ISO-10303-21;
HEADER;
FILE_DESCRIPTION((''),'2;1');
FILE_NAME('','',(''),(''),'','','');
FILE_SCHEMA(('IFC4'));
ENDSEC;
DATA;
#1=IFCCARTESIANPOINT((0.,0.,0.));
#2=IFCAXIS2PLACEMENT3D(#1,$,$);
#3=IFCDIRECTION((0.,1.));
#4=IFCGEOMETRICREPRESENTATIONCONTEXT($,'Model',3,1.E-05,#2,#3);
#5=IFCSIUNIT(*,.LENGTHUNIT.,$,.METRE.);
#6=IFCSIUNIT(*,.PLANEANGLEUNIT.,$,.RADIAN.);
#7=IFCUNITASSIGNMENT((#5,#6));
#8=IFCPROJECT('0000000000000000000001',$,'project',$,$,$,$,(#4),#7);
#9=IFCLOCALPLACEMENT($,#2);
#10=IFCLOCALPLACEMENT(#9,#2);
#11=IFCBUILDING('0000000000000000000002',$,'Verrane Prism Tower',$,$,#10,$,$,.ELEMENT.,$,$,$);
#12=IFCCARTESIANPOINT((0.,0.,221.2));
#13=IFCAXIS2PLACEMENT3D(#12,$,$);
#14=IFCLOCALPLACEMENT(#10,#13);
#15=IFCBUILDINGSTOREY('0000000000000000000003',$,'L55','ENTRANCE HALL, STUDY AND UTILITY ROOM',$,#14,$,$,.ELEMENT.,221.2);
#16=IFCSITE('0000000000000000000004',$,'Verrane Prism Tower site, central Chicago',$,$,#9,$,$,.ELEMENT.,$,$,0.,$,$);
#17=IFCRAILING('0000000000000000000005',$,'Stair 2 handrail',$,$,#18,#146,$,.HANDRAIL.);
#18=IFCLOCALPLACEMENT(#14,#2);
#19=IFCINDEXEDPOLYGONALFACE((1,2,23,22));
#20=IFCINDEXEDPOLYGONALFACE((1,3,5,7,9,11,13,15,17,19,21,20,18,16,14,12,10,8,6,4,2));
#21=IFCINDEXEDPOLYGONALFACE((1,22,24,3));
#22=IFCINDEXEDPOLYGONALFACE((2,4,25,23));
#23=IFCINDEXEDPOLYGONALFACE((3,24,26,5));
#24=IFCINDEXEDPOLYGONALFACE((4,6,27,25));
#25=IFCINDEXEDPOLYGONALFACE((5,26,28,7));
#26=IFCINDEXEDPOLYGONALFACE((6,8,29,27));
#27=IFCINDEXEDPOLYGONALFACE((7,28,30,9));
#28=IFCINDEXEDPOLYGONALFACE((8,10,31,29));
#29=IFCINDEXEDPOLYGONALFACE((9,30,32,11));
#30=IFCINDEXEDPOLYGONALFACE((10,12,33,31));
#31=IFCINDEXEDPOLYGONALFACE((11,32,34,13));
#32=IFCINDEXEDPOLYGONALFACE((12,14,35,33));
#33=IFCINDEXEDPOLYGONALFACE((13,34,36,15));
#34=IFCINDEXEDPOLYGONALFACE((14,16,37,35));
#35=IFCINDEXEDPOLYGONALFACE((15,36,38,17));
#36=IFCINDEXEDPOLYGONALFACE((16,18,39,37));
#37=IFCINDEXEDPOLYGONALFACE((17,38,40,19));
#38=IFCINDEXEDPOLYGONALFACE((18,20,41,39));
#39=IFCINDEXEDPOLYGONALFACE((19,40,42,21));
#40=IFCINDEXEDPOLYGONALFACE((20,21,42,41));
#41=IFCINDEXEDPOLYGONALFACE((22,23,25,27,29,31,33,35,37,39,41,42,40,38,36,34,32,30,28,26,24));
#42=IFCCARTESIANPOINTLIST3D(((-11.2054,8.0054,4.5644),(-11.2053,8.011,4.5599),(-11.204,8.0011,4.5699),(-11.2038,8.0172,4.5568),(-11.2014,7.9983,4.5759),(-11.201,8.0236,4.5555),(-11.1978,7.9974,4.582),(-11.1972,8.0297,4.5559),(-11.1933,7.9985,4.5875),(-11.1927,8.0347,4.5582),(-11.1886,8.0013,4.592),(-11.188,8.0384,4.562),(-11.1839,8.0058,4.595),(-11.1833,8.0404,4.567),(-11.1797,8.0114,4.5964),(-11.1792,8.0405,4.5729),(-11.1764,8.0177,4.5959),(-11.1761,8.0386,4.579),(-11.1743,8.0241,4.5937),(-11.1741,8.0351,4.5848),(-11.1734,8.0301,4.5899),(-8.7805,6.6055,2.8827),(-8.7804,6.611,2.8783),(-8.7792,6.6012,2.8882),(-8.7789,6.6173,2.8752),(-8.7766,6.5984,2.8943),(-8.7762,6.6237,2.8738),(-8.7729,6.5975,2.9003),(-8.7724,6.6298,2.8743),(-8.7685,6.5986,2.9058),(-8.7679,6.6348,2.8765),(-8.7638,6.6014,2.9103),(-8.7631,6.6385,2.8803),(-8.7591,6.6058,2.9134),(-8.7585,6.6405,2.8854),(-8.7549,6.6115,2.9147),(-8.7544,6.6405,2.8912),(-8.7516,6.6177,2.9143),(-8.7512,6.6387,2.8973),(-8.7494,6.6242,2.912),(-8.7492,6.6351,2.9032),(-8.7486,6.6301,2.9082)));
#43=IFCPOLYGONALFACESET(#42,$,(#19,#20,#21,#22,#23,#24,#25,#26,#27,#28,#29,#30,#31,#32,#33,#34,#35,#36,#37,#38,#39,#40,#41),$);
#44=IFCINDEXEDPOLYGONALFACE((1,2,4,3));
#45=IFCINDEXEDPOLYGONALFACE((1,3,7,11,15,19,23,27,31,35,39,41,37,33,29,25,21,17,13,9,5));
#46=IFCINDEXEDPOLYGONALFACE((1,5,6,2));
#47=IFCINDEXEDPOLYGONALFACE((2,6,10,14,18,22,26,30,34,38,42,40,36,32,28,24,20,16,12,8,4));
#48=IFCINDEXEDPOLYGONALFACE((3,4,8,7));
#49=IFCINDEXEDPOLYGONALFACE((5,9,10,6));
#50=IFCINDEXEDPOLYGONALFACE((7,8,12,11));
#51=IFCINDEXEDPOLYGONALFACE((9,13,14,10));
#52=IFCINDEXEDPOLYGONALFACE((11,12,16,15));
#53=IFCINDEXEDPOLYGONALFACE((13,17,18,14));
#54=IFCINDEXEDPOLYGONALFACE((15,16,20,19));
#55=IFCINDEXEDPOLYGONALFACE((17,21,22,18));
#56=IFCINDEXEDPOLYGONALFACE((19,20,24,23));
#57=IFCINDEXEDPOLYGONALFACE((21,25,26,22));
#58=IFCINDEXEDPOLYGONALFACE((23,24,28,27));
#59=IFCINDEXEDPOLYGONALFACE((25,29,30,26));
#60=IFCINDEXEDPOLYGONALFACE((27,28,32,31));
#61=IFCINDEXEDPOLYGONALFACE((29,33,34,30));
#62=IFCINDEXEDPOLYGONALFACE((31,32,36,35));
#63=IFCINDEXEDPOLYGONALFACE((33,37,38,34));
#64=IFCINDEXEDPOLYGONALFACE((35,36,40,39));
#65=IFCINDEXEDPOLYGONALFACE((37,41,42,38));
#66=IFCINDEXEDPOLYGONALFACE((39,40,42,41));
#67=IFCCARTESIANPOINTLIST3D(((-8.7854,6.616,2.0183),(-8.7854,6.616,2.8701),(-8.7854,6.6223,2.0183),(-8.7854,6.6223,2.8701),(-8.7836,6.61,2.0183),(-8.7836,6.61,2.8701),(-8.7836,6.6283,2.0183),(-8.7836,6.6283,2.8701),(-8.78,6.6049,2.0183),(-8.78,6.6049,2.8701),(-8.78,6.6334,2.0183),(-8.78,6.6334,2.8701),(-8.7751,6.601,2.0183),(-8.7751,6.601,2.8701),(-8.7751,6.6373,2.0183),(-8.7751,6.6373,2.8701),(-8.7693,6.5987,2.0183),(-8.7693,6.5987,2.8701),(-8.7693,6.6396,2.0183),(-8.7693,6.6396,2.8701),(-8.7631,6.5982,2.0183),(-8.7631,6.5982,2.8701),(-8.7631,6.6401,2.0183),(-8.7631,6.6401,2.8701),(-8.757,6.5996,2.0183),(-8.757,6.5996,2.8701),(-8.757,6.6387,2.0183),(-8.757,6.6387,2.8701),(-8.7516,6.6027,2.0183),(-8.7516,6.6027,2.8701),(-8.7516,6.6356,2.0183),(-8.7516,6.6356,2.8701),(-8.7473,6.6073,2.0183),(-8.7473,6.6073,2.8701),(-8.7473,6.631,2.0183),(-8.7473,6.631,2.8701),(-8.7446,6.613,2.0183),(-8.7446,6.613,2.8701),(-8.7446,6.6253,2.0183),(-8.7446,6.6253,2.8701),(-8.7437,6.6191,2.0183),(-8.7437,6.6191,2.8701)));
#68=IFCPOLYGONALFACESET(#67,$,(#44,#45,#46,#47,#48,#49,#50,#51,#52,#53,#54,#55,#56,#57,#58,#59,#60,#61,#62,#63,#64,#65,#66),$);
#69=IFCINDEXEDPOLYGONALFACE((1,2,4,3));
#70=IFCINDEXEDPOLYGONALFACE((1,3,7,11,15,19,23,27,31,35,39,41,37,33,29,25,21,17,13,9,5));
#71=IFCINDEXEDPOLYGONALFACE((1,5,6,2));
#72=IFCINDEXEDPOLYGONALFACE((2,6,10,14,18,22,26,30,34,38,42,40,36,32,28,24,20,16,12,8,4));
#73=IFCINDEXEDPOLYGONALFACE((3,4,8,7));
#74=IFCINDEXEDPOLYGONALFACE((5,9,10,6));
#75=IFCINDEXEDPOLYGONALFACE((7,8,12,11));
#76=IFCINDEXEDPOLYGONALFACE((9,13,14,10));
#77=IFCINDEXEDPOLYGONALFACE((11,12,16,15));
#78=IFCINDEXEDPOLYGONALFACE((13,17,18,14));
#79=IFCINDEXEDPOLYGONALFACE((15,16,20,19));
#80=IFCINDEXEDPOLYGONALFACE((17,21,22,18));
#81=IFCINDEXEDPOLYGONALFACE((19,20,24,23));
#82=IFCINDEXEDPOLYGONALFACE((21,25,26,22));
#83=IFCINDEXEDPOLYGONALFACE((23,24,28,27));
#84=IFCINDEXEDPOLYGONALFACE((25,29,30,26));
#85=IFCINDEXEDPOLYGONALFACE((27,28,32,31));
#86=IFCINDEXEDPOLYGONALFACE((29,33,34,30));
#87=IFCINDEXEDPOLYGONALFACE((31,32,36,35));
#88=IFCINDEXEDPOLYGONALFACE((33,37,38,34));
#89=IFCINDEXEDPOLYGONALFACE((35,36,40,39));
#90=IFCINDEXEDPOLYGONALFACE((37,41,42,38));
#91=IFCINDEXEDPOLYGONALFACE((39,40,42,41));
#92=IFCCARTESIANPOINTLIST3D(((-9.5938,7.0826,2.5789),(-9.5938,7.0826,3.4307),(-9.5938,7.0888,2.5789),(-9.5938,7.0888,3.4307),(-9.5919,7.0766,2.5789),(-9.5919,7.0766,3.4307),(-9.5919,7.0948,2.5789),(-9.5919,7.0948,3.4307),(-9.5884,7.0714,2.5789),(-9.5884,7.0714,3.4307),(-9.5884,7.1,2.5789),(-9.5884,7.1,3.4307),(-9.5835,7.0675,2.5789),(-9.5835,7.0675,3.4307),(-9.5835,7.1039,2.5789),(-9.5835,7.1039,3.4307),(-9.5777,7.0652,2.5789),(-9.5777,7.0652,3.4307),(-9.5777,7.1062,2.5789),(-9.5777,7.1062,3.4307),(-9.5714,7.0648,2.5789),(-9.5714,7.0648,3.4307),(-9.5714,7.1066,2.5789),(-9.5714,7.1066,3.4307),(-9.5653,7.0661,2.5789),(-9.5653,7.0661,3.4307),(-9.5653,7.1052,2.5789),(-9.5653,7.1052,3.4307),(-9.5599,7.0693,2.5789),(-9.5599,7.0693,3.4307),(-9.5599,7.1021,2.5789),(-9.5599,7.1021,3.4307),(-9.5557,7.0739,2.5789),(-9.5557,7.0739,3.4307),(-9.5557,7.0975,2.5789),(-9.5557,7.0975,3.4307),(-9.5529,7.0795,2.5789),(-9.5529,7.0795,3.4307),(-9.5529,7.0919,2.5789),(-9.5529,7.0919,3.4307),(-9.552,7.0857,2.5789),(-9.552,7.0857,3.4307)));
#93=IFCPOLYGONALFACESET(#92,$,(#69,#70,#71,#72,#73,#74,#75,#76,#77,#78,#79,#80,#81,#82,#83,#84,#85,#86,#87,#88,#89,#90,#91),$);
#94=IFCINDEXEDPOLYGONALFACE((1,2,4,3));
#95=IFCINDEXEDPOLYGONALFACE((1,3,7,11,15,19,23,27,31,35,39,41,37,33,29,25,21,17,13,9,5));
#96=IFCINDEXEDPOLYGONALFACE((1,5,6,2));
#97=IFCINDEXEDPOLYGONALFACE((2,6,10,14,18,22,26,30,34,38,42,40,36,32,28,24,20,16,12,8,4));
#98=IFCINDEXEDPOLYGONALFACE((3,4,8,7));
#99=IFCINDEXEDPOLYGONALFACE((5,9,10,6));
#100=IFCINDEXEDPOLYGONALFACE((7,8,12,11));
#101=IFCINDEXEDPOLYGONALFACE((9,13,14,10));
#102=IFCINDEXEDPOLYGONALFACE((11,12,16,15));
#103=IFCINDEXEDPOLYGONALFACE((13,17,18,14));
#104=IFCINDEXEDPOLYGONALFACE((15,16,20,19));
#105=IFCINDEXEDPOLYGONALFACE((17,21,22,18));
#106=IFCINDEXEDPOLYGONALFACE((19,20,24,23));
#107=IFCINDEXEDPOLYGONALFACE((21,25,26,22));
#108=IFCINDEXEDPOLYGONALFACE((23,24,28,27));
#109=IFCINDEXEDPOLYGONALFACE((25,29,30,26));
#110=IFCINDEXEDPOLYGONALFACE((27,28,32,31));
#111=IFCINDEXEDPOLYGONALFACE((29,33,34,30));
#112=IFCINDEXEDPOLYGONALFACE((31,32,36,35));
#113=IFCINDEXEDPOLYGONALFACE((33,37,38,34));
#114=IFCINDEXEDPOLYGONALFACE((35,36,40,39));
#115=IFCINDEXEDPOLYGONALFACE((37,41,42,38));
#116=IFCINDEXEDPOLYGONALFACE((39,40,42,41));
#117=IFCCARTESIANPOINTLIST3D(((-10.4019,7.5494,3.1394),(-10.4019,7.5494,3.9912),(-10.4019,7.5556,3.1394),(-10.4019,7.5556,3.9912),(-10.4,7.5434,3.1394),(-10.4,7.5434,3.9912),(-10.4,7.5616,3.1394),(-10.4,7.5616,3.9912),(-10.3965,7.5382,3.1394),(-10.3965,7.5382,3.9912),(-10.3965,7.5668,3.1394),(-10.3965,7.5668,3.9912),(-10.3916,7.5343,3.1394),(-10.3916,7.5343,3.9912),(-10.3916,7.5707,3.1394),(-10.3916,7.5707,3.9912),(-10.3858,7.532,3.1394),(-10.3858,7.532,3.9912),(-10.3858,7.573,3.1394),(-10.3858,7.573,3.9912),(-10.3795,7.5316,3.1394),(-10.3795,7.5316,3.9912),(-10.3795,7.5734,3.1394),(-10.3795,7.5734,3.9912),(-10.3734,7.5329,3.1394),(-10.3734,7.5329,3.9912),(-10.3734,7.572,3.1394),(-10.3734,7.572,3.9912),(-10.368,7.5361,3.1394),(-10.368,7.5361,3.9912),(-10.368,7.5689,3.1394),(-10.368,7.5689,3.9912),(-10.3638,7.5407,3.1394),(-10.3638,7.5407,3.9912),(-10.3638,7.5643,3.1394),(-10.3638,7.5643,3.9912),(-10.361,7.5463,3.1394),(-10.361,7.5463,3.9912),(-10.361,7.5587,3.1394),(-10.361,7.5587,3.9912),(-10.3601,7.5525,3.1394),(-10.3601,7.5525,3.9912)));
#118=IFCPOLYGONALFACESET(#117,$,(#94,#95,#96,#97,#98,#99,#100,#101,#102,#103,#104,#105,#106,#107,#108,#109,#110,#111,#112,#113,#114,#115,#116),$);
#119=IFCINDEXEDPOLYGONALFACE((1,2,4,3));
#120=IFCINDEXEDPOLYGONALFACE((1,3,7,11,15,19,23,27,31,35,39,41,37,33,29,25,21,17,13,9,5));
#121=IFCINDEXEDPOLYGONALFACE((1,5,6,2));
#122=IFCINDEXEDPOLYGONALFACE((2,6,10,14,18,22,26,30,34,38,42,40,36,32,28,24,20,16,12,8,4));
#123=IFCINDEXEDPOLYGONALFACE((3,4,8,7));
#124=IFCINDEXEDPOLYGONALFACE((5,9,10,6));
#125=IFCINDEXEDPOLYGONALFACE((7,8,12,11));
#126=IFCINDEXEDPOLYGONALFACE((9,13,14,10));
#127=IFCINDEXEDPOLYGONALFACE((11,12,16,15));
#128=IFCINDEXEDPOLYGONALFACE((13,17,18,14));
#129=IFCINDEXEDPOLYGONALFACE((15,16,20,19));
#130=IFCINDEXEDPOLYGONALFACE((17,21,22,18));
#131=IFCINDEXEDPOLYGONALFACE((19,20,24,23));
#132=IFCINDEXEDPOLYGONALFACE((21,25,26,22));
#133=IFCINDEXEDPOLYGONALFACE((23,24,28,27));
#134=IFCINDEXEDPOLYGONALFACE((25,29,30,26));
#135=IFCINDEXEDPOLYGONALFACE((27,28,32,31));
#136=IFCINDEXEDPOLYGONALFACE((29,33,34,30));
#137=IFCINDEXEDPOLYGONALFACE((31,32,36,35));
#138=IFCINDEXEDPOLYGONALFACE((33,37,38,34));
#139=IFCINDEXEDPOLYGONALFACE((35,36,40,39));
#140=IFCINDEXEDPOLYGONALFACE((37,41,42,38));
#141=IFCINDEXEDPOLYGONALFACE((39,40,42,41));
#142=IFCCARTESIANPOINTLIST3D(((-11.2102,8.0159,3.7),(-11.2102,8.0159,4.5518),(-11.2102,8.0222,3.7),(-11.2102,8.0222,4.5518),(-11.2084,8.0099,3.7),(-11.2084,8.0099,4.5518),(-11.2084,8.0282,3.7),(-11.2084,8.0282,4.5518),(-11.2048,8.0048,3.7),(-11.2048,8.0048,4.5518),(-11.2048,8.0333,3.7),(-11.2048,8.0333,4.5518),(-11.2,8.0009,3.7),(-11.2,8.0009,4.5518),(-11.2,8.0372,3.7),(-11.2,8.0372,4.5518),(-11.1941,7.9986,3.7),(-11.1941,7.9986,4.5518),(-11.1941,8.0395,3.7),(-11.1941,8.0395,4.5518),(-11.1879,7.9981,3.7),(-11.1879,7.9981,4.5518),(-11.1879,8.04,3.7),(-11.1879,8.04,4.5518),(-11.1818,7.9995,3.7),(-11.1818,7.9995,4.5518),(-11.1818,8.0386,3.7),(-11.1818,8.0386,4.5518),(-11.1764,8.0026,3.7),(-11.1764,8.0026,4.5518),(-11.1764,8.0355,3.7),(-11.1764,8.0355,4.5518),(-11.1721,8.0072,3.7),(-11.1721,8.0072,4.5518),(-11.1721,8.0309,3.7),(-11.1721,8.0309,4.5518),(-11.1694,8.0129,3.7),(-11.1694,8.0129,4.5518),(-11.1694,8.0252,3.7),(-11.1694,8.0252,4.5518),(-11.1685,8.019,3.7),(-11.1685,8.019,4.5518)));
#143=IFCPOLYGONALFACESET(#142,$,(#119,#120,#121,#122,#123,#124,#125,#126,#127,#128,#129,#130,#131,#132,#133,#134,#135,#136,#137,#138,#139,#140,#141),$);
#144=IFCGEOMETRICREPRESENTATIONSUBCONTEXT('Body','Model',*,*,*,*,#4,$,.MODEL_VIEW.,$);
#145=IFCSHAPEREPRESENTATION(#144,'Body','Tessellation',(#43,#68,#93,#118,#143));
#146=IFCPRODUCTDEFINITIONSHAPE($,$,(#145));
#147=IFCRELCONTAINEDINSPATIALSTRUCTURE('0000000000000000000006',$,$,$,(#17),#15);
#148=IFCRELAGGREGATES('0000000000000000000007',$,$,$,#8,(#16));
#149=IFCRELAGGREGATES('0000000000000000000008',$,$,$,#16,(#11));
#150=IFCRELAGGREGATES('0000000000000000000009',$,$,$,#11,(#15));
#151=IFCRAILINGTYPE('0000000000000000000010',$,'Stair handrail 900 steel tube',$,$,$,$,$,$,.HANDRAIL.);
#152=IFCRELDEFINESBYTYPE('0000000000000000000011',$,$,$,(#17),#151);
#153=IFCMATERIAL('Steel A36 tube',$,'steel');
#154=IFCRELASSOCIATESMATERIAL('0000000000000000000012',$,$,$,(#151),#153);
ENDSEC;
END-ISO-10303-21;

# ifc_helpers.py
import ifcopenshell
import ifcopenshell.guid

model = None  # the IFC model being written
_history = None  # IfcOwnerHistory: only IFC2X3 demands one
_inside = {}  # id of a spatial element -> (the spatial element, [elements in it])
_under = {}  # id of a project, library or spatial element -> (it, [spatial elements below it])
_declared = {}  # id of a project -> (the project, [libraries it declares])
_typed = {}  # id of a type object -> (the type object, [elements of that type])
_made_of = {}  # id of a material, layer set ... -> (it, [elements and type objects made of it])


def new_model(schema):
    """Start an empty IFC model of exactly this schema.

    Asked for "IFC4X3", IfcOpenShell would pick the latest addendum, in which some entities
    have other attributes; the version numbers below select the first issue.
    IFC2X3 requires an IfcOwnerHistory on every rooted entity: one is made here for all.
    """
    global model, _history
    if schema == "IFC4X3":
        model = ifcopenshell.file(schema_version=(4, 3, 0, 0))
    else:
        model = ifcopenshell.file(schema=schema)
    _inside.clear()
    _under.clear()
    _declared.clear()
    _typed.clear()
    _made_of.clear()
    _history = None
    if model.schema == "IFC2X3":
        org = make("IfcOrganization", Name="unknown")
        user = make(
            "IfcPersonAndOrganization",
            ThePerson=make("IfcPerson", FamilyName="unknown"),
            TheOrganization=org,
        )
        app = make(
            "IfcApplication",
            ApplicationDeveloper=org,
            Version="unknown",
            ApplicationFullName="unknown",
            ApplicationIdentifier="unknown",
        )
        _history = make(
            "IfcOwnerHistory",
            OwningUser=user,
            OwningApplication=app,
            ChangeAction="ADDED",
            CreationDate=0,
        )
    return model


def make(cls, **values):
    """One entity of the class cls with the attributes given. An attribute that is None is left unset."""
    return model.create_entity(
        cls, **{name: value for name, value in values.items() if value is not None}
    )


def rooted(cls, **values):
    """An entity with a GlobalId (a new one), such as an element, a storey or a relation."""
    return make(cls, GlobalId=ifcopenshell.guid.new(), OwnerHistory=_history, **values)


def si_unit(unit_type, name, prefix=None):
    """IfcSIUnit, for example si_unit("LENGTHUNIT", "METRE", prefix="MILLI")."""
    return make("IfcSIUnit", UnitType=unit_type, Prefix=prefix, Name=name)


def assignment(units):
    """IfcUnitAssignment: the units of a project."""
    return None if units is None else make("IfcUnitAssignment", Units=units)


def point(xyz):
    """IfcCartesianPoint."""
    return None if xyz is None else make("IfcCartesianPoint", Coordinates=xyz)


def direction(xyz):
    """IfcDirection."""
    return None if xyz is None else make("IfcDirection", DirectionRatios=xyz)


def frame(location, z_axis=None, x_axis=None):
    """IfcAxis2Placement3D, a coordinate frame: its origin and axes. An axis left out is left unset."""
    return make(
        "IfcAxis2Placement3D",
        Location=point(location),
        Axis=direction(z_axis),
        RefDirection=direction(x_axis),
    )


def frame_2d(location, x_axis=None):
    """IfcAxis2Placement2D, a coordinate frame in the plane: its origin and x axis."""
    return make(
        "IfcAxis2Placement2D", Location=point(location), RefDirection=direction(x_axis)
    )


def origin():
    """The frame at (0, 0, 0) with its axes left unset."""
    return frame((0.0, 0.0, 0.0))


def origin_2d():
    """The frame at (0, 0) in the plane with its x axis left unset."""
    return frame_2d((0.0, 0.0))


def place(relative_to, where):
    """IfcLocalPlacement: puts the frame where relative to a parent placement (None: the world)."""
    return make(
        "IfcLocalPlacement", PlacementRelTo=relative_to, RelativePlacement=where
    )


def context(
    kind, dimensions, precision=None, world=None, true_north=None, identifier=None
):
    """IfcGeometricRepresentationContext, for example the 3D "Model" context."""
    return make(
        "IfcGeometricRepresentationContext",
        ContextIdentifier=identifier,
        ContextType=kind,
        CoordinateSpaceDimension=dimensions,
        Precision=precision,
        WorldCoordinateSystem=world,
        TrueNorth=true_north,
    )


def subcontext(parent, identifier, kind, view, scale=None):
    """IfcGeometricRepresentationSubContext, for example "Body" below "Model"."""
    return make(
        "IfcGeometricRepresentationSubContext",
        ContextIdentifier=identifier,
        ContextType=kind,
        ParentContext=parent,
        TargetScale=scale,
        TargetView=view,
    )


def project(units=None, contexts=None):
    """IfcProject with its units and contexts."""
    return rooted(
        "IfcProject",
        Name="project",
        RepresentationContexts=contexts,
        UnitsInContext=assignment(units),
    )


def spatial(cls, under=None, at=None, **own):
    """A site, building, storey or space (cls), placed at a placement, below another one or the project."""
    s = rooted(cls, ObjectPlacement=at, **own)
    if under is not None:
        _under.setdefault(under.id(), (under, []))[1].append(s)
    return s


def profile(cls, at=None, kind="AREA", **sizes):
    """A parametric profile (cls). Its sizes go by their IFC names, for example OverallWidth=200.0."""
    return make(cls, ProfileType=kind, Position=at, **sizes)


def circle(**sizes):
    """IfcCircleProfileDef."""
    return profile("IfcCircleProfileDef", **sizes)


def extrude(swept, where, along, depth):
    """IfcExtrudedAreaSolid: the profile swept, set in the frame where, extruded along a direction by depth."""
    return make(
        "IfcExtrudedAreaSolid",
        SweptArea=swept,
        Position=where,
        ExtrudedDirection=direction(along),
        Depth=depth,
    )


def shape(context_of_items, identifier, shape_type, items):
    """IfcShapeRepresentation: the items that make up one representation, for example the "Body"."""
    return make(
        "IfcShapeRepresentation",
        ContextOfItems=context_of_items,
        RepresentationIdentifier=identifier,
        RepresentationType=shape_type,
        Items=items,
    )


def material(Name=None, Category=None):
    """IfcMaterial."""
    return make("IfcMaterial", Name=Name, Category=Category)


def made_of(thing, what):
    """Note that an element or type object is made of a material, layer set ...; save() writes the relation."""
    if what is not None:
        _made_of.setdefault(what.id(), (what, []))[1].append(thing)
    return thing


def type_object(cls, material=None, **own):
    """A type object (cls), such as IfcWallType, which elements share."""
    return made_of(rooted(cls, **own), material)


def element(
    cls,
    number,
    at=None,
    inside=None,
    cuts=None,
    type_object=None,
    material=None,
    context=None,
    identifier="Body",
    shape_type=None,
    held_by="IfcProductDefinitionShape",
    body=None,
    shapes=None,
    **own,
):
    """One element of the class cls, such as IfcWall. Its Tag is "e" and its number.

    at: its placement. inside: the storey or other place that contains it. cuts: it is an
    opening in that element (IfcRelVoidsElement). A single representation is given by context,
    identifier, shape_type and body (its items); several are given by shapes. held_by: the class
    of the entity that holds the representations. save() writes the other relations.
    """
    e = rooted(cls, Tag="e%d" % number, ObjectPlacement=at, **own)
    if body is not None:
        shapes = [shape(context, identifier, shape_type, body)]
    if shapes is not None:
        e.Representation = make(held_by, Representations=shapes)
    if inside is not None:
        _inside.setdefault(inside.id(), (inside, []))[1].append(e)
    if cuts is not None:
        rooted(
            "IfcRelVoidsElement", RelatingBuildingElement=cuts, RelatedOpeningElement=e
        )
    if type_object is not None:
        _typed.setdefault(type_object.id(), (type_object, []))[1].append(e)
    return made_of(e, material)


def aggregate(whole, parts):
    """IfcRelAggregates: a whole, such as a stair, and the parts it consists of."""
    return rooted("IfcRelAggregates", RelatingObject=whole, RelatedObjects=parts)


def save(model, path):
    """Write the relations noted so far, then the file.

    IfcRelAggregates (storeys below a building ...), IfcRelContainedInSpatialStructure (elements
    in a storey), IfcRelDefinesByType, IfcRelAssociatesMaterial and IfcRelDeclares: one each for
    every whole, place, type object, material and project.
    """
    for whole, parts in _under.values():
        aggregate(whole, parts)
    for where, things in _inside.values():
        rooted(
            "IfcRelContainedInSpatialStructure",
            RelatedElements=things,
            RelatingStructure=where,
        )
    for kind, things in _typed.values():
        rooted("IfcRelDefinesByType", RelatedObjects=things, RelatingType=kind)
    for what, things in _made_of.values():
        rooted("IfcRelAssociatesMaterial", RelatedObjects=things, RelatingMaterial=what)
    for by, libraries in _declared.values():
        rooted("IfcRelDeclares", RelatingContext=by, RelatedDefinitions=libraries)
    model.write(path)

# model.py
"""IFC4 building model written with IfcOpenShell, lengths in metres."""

from ifc_helpers import new_model, si_unit, direction, frame, origin, origin_2d, place, context, subcontext, project, spatial, circle, extrude, material, type_object, element, save


model = new_model("IFC4")

# Units and contexts
model_context = context("Model", 3, precision=1e-05, world=origin(), true_north=direction((0.0, 1.0)))
body_context = subcontext(model_context, "Body", "Model", "MODEL_VIEW")
ifc_project = project(units=[si_unit("LENGTHUNIT", "METRE"), si_unit("PLANEANGLEUNIT", "RADIAN")], contexts=[model_context])

# Site, building, storey
site_placement = place(None, origin())
site = spatial("IfcSite", under=ifc_project, at=site_placement, Name="Verrane Prism Tower site, central Chicago", CompositionType="ELEMENT", RefElevation=0.0)
building_placement = place(site_placement, origin())
building = spatial("IfcBuilding", under=site, at=building_placement, Name="Verrane Prism Tower", CompositionType="ELEMENT")
storey_placement = place(building_placement, frame((0.0, 0.0, 221.2)))
storey = spatial("IfcBuildingStorey", under=building, at=storey_placement, Name="L55", Description="ENTRANCE HALL, STUDY AND UTILITY ROOM", CompositionType="ELEMENT", Elevation=221.2)

# Railing
ifc_material_1 = material(Name="Steel A36 tube", Category="steel")
railing_type_1 = type_object("IfcRailingType", Name="Stair handrail 900 steel tube", PredefinedType="HANDRAIL", material=ifc_material_1)
railing_1_placement = place(storey_placement, frame((-8.7646, 6.6191, 2.0183)))
element("IfcRailing", 1, at=railing_1_placement, inside=storey, type_object=railing_type_1, Name="Stair 2 handrail", PredefinedType="HANDRAIL", context=body_context, shape_type="SweptSolid", body=[
    extrude(circle(Radius=0.0239, at=origin_2d()), frame((0.0, 0.0, 0.876), z_axis=(-0.742419, 0.428618, 0.514879), x_axis=(-0.499984, -0.866035, 0.0)), (0.0, 0.0, 1.0), 3.2661),
    extrude(circle(Radius=0.021, at=origin_2d()), origin(), (0.0, 0.0, 1.0), 0.8518),
    extrude(circle(Radius=0.021, at=origin_2d()), frame((-0.8083, 0.4666, 0.5605)), (0.0, 0.0, 1.0), 0.8518),
    extrude(circle(Radius=0.021, at=origin_2d()), frame((-1.6165, 0.9333, 1.1211)), (0.0, 0.0, 1.0), 0.8518),
    extrude(circle(Radius=0.021, at=origin_2d()), frame((-2.4248, 1.3999, 1.6816)), (0.0, 0.0, 1.0), 0.8518),
])

save(model, "model.ifc")
